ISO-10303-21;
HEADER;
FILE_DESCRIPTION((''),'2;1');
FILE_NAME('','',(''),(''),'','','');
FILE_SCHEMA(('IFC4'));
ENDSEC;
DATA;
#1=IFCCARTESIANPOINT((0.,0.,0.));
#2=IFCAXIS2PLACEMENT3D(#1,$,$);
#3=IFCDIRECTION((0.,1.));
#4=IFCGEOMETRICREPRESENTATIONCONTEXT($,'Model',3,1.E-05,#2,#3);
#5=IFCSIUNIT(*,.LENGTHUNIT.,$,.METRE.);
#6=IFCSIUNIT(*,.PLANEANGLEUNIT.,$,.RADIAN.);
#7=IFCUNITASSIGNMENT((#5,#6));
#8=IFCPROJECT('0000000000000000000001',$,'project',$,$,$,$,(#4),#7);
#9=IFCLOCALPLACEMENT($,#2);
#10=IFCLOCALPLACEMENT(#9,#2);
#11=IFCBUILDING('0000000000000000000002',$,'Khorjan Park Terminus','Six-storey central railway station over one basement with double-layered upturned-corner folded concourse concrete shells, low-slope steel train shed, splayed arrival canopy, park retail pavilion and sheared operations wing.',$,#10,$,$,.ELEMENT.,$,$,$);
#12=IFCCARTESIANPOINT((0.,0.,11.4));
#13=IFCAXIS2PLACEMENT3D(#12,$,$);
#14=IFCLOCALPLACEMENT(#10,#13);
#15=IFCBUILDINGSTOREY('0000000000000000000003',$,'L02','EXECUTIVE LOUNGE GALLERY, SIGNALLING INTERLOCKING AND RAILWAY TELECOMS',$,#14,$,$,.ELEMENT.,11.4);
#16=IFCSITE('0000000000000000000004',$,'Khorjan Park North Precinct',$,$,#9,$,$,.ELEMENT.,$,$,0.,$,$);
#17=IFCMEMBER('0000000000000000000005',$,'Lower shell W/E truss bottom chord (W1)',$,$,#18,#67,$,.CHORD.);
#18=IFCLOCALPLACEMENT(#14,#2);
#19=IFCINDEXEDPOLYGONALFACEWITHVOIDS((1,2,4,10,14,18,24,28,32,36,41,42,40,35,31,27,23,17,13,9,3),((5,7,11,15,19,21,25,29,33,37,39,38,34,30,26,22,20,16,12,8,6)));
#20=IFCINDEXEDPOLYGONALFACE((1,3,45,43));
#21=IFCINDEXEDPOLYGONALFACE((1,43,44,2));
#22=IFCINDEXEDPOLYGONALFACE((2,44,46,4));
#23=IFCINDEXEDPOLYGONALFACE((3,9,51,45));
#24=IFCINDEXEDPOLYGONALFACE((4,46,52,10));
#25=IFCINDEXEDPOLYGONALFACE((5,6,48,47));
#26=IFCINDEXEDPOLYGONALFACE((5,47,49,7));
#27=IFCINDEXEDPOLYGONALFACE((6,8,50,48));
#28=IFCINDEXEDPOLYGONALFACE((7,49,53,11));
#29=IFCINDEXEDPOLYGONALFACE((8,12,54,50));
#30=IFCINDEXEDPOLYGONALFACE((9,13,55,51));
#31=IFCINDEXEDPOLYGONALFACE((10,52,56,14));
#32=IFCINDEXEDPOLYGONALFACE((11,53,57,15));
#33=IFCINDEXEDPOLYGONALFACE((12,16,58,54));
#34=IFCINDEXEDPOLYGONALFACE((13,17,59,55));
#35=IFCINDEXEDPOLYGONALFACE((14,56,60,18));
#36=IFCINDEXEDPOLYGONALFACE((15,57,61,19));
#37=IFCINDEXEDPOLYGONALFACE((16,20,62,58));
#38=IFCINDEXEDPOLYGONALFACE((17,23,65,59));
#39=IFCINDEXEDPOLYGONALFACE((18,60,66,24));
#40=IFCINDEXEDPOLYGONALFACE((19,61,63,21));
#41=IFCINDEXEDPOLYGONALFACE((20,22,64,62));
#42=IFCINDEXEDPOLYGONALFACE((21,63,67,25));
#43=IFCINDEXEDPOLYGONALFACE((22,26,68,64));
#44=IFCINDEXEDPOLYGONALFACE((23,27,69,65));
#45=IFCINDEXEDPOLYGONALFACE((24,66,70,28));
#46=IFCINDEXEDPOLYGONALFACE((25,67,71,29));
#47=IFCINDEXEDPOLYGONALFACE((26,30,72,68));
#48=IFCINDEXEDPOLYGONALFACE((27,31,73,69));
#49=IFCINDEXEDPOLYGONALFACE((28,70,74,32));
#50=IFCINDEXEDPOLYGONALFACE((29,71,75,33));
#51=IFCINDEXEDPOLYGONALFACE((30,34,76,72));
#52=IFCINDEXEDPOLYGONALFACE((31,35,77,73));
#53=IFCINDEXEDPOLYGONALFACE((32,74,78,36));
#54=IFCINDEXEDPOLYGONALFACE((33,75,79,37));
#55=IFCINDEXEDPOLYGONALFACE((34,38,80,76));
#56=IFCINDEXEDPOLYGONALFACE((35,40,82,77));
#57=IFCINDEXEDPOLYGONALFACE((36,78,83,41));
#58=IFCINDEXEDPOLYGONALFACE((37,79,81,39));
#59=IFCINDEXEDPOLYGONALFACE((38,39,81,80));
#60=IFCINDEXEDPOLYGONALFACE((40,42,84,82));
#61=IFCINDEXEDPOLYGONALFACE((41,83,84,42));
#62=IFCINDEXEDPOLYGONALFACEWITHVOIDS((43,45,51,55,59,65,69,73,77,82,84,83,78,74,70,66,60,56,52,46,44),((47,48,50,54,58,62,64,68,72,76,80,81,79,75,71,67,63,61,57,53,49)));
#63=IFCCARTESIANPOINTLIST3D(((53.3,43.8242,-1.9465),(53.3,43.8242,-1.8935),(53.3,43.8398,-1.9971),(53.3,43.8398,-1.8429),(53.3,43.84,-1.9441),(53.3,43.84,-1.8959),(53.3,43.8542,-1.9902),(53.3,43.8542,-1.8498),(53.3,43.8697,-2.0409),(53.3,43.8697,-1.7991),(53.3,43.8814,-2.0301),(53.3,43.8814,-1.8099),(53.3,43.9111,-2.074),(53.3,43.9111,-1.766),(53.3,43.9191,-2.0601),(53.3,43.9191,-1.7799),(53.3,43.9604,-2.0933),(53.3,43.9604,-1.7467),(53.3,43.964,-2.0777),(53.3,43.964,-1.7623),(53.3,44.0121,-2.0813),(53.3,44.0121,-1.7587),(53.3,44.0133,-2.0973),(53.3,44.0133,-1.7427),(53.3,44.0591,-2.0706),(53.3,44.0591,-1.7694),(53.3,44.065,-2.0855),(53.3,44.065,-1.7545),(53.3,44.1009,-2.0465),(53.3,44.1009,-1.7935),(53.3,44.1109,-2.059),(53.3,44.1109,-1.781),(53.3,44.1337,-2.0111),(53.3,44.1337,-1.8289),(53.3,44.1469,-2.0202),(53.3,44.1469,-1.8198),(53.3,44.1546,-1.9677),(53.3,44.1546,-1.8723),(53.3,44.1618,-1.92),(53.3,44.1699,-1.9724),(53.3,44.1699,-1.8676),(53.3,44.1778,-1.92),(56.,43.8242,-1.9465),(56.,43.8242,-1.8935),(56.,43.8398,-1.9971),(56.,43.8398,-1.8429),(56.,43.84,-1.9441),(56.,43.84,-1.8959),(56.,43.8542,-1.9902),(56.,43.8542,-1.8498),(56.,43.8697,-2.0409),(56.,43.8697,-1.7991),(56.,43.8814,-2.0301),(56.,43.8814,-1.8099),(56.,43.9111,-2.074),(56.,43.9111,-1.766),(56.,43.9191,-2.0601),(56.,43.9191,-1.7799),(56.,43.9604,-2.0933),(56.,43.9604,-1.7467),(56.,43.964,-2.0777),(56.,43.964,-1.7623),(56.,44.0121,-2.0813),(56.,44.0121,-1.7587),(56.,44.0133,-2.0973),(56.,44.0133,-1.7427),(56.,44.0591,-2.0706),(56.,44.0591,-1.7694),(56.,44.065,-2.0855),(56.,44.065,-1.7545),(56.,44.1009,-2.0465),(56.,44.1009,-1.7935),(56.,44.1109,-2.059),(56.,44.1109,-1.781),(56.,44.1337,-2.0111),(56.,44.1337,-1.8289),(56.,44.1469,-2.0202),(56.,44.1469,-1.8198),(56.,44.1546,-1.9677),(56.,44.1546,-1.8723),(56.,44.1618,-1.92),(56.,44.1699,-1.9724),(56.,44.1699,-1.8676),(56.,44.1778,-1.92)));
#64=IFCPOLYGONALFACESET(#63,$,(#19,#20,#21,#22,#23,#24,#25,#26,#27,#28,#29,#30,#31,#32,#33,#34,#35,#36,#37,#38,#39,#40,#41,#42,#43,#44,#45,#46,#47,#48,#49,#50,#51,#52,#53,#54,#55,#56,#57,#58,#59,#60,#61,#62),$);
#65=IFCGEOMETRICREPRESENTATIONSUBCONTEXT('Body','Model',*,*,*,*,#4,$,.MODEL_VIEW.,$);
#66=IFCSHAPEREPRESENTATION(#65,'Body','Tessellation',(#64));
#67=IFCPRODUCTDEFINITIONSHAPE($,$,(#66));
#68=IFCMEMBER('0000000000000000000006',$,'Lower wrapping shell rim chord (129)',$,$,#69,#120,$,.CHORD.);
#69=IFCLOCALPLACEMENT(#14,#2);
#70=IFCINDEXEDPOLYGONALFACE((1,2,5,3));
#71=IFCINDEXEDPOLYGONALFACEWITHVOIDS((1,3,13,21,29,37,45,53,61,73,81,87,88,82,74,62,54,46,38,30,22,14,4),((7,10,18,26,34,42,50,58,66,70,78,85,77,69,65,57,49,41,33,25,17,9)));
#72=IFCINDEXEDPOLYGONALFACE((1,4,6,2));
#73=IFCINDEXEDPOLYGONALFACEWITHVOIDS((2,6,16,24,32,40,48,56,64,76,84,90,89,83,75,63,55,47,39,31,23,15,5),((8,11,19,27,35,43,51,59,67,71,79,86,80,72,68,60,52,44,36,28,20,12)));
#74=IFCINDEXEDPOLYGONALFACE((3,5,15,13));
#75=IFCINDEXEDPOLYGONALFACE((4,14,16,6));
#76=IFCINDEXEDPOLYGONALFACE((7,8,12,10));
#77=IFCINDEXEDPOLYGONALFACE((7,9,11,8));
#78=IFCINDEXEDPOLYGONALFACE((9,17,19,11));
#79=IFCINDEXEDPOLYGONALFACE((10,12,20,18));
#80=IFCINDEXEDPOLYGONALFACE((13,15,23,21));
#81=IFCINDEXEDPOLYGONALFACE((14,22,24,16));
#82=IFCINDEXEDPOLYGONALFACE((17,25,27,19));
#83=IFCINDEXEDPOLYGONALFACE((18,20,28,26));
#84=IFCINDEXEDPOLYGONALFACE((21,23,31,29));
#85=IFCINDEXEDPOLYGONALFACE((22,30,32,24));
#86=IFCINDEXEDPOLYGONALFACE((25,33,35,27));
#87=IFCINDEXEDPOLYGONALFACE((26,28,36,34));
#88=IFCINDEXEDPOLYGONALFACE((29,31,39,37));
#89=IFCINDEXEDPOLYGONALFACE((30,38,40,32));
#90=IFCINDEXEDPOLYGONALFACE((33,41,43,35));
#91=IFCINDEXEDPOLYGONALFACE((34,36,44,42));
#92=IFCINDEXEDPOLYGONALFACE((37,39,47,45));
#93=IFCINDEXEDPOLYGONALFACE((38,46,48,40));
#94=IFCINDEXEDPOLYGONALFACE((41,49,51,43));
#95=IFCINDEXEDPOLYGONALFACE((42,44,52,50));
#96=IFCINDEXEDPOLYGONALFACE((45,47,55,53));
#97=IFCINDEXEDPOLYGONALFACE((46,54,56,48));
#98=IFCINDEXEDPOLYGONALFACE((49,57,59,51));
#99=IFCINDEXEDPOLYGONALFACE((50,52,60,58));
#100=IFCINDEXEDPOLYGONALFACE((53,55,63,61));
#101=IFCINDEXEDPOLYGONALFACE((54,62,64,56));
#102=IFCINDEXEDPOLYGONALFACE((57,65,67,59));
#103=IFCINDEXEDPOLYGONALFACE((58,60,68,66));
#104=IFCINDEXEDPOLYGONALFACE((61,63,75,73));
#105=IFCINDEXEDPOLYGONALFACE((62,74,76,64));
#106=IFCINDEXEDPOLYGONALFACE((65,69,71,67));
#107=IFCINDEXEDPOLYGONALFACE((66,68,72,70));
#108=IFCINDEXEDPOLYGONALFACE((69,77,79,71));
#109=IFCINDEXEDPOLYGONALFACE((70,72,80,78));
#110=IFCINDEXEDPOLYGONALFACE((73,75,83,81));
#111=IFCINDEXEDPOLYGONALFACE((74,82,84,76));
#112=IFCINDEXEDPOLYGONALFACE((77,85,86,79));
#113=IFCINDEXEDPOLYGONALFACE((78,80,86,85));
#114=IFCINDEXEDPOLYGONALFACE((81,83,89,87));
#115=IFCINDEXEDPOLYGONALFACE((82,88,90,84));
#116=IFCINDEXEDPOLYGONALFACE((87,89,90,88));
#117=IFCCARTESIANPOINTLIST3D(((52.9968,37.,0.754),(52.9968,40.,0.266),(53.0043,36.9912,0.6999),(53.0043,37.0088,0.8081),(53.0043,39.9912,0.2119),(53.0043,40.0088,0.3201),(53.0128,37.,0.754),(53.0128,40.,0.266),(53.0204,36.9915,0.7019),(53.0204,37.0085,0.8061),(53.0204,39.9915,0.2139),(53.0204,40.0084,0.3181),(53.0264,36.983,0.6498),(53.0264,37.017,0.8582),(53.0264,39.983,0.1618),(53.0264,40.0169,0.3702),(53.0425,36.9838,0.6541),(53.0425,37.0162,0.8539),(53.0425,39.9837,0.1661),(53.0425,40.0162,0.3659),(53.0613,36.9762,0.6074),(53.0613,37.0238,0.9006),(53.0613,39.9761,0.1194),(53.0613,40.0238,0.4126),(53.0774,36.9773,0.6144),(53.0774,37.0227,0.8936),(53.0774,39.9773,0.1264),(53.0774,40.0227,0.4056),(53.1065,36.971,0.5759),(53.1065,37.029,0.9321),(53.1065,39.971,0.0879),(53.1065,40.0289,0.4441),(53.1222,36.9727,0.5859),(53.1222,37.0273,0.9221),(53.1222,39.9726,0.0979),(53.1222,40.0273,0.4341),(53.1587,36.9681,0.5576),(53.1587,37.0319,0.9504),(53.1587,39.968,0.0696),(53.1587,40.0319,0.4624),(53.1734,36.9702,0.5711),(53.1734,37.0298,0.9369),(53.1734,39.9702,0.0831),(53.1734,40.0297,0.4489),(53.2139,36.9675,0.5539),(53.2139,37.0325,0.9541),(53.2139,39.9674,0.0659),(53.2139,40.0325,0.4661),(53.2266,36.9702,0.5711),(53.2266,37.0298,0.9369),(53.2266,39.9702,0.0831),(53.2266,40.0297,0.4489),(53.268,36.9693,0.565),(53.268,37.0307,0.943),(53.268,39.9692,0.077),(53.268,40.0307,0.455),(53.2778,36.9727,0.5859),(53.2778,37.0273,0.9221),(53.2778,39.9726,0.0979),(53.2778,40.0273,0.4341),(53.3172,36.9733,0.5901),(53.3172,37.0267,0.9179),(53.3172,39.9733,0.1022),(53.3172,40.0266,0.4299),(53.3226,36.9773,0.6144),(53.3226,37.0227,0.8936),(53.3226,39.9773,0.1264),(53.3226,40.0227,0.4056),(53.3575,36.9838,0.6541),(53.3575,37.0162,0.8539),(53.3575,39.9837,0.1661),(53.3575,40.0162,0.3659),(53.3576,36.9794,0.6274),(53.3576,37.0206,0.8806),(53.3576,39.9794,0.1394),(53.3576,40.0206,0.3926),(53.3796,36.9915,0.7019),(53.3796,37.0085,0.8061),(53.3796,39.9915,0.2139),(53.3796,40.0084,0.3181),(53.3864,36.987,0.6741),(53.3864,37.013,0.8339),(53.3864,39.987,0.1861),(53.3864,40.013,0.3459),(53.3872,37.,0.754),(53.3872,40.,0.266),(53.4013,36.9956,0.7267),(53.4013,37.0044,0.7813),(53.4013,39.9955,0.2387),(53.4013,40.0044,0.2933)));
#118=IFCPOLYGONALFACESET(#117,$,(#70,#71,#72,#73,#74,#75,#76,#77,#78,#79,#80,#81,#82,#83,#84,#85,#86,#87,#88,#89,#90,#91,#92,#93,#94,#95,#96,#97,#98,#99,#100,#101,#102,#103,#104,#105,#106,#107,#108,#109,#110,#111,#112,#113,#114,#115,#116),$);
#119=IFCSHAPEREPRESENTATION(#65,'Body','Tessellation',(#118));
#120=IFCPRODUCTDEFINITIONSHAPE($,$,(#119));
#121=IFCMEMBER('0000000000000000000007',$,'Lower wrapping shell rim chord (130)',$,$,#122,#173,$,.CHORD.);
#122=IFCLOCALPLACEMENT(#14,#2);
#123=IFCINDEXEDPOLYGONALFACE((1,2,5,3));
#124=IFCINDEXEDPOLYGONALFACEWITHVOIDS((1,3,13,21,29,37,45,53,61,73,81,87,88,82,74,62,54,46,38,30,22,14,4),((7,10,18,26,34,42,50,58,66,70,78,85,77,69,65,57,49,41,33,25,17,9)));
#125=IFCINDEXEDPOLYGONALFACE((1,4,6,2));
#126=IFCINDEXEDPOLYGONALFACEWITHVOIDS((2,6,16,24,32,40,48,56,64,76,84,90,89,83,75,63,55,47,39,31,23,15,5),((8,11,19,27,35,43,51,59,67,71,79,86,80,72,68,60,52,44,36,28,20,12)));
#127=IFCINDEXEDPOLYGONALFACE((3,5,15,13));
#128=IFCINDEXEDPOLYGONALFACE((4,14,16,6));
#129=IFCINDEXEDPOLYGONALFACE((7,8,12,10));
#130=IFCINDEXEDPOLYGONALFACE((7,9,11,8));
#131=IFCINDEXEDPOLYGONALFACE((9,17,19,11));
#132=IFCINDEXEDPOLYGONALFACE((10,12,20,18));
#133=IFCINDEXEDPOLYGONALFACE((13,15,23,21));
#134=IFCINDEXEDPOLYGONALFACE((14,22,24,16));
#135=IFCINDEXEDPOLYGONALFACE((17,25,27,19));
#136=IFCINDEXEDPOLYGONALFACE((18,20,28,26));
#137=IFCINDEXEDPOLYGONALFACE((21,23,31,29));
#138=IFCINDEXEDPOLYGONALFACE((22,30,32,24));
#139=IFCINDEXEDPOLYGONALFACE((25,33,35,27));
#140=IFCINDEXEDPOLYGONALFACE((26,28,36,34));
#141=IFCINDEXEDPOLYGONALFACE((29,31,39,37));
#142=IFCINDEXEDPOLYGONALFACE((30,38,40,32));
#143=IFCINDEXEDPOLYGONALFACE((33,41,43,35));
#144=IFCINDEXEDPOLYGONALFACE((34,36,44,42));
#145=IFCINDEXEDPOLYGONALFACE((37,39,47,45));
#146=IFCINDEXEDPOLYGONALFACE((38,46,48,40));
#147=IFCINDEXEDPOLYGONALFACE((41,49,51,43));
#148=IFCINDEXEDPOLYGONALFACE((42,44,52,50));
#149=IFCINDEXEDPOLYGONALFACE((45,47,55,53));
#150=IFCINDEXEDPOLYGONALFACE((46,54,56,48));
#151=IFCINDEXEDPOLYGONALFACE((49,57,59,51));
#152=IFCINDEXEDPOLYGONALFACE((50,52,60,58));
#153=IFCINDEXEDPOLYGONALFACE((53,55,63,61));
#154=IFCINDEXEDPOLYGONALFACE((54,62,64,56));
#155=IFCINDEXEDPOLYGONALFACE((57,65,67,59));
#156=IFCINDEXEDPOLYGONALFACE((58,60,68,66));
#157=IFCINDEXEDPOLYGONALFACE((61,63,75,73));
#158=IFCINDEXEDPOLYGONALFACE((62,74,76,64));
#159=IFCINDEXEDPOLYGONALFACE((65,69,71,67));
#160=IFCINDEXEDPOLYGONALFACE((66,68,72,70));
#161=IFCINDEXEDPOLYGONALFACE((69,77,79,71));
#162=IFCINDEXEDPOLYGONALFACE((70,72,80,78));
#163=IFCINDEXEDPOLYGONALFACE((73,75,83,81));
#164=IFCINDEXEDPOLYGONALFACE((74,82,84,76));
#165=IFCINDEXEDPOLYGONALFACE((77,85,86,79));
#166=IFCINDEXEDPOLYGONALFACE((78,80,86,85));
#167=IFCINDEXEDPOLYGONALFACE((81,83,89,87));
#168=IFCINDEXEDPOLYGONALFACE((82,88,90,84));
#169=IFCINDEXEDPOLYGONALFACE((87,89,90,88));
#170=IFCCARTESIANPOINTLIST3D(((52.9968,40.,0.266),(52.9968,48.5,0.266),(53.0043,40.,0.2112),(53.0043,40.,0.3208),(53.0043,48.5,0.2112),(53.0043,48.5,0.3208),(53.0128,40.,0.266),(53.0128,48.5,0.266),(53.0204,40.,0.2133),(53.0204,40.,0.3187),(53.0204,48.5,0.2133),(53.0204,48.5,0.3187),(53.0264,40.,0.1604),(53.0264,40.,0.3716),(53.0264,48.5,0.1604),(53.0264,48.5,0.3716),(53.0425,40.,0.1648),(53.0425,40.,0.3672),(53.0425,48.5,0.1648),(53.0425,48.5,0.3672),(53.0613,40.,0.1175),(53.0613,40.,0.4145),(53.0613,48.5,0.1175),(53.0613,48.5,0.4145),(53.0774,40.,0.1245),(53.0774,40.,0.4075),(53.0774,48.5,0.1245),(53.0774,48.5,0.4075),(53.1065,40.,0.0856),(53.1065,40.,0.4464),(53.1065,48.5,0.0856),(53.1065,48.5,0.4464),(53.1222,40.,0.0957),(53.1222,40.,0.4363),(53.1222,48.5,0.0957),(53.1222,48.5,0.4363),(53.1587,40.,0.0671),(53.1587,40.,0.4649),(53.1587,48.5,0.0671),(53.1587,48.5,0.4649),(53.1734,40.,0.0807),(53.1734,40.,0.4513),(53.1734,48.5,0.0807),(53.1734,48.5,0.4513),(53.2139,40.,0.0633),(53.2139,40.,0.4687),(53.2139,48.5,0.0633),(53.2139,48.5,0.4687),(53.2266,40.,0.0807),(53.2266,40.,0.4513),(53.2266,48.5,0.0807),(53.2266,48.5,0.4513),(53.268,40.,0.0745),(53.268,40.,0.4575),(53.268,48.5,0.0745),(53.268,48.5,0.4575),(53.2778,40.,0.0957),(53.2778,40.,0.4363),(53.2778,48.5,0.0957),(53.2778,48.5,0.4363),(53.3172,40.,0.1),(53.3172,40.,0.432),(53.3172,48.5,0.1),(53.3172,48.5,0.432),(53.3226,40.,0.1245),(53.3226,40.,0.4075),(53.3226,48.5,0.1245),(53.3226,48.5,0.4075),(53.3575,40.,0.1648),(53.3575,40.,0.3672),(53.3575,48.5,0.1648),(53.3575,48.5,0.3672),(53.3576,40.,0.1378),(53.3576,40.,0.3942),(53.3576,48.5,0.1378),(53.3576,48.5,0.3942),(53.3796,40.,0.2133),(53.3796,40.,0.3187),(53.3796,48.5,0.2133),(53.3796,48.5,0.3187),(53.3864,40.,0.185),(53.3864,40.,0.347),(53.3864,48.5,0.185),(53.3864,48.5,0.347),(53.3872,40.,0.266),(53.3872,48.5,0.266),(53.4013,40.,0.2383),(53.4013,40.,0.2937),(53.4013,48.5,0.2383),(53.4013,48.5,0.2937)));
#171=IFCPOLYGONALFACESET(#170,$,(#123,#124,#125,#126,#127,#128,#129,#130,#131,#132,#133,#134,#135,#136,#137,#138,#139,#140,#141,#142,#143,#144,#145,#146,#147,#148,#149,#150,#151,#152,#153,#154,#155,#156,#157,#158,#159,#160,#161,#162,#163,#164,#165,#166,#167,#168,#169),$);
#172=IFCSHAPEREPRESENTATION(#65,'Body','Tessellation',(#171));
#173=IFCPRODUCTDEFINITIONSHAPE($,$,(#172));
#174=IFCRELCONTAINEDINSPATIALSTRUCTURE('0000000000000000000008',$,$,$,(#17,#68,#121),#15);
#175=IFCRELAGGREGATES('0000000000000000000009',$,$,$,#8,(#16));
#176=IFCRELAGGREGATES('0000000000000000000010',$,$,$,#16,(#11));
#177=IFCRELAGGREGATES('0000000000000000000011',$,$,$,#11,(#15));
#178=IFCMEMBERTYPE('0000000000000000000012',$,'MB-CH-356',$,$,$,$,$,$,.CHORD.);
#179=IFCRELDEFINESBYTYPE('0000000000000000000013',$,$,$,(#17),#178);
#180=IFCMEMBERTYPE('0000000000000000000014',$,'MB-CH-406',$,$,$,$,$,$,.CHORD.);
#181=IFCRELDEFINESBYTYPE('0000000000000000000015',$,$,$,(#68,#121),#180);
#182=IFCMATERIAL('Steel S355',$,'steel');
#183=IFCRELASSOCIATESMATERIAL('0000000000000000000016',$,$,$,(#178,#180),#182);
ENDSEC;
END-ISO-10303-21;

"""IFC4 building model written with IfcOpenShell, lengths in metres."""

from ifc_helpers import new_model, si_unit, direction, frame, origin, origin_2d, place, context, subcontext, project, spatial, hollow_circle, extrude, material, material_profile, profile_set, type_object, element, save


model = new_model("IFC4")

# Units and contexts
model_context = context("Model", 3, precision=1e-05, world=origin(), true_north=direction((0.0, 1.0)))
body_context = subcontext(model_context, "Body", "Model", "MODEL_VIEW")
ifc_project = project(units=[si_unit("LENGTHUNIT", "METRE"), si_unit("PLANEANGLEUNIT", "RADIAN")], contexts=[model_context])

# Site, building, storey
site_placement = place(None, origin())
site = spatial("IfcSite", under=ifc_project, at=site_placement, Name="Khorjan Park North Precinct", CompositionType="ELEMENT", RefElevation=0.0)
building_placement = place(site_placement, origin())
building = spatial("IfcBuilding", under=site, at=building_placement, Name="Khorjan Park Terminus", Description="Six-storey central railway station over one basement with double-layered upturned-corner folded concourse concrete shells, low-slope steel train shed, splayed arrival canopy, park retail pavilion and sheared operations wing.", CompositionType="ELEMENT")
storey_placement = place(building_placement, frame((0.0, 0.0, 11.4)))
storey = spatial("IfcBuildingStorey", under=building, at=storey_placement, Name="L02", Description="EXECUTIVE LOUNGE GALLERY, SIGNALLING INTERLOCKING AND RAILWAY TELECOMS", CompositionType="ELEMENT", Elevation=11.4)

# Members
ifc_material_1 = material(Name="Steel S355", Category="steel")
ifc_material_profile_1 = material_profile(ifc_material_1, hollow_circle(Radius=0.1778, WallThickness=0.016, at=origin_2d()), Name="CHS 355.6x16")
ifc_profile_set_1 = profile_set([ifc_material_profile_1], Name="Steel S355")
member_type_1 = type_object("IfcMemberType", Name="MB-CH-356", PredefinedType="CHORD", material=ifc_profile_set_1)
member_1_placement = place(storey_placement, frame((53.3, 44.0, -1.92), z_axis=(1.0, 0.0, 0.0), x_axis=(0.0, 1.0, 0.0)))
element("IfcMember", 1, at=member_1_placement, inside=storey, type_object=member_type_1, Name="Lower shell W/E truss bottom chord (W1)", PredefinedType="CHORD", context=body_context, shape_type="SweptSolid", body=[
    extrude(hollow_circle(Radius=0.1778, WallThickness=0.016, at=origin_2d()), origin(), (0.0, 0.0, 1.0), 2.7),
])
ifc_material_profile_2 = material_profile(ifc_material_1, hollow_circle(Radius=0.2032, WallThickness=0.016, at=origin_2d()), Name="CHS 406.4x16")
ifc_profile_set_2 = profile_set([ifc_material_profile_2], Name="Steel S355")
member_type_2 = type_object("IfcMemberType", Name="MB-CH-406", PredefinedType="CHORD", material=ifc_profile_set_2)
member_2_placement = place(storey_placement, frame((53.2, 37.0, 0.754), z_axis=(0.0, 0.987027, -0.160556), x_axis=(-1.0, 0.0, 0.0)))
element("IfcMember", 2, at=member_2_placement, inside=storey, type_object=member_type_2, Name="Lower wrapping shell rim chord (129)", PredefinedType="CHORD", context=body_context, shape_type="SweptSolid", body=[
    extrude(hollow_circle(Radius=0.2032, WallThickness=0.016, at=origin_2d()), origin(), (0.0, 0.0, 1.0), 3.0394),
])
member_3_placement = place(storey_placement, frame((53.2, 40.0, 0.266), z_axis=(0.0, 1.0, 0.0), x_axis=(-1.0, 0.0, 0.0)))
element("IfcMember", 3, at=member_3_placement, inside=storey, type_object=member_type_2, Name="Lower wrapping shell rim chord (130)", PredefinedType="CHORD", context=body_context, shape_type="SweptSolid", body=[
    extrude(hollow_circle(Radius=0.2032, WallThickness=0.016, at=origin_2d()), origin(), (0.0, 0.0, 1.0), 8.5),
])

save(model, "model.ifc")
